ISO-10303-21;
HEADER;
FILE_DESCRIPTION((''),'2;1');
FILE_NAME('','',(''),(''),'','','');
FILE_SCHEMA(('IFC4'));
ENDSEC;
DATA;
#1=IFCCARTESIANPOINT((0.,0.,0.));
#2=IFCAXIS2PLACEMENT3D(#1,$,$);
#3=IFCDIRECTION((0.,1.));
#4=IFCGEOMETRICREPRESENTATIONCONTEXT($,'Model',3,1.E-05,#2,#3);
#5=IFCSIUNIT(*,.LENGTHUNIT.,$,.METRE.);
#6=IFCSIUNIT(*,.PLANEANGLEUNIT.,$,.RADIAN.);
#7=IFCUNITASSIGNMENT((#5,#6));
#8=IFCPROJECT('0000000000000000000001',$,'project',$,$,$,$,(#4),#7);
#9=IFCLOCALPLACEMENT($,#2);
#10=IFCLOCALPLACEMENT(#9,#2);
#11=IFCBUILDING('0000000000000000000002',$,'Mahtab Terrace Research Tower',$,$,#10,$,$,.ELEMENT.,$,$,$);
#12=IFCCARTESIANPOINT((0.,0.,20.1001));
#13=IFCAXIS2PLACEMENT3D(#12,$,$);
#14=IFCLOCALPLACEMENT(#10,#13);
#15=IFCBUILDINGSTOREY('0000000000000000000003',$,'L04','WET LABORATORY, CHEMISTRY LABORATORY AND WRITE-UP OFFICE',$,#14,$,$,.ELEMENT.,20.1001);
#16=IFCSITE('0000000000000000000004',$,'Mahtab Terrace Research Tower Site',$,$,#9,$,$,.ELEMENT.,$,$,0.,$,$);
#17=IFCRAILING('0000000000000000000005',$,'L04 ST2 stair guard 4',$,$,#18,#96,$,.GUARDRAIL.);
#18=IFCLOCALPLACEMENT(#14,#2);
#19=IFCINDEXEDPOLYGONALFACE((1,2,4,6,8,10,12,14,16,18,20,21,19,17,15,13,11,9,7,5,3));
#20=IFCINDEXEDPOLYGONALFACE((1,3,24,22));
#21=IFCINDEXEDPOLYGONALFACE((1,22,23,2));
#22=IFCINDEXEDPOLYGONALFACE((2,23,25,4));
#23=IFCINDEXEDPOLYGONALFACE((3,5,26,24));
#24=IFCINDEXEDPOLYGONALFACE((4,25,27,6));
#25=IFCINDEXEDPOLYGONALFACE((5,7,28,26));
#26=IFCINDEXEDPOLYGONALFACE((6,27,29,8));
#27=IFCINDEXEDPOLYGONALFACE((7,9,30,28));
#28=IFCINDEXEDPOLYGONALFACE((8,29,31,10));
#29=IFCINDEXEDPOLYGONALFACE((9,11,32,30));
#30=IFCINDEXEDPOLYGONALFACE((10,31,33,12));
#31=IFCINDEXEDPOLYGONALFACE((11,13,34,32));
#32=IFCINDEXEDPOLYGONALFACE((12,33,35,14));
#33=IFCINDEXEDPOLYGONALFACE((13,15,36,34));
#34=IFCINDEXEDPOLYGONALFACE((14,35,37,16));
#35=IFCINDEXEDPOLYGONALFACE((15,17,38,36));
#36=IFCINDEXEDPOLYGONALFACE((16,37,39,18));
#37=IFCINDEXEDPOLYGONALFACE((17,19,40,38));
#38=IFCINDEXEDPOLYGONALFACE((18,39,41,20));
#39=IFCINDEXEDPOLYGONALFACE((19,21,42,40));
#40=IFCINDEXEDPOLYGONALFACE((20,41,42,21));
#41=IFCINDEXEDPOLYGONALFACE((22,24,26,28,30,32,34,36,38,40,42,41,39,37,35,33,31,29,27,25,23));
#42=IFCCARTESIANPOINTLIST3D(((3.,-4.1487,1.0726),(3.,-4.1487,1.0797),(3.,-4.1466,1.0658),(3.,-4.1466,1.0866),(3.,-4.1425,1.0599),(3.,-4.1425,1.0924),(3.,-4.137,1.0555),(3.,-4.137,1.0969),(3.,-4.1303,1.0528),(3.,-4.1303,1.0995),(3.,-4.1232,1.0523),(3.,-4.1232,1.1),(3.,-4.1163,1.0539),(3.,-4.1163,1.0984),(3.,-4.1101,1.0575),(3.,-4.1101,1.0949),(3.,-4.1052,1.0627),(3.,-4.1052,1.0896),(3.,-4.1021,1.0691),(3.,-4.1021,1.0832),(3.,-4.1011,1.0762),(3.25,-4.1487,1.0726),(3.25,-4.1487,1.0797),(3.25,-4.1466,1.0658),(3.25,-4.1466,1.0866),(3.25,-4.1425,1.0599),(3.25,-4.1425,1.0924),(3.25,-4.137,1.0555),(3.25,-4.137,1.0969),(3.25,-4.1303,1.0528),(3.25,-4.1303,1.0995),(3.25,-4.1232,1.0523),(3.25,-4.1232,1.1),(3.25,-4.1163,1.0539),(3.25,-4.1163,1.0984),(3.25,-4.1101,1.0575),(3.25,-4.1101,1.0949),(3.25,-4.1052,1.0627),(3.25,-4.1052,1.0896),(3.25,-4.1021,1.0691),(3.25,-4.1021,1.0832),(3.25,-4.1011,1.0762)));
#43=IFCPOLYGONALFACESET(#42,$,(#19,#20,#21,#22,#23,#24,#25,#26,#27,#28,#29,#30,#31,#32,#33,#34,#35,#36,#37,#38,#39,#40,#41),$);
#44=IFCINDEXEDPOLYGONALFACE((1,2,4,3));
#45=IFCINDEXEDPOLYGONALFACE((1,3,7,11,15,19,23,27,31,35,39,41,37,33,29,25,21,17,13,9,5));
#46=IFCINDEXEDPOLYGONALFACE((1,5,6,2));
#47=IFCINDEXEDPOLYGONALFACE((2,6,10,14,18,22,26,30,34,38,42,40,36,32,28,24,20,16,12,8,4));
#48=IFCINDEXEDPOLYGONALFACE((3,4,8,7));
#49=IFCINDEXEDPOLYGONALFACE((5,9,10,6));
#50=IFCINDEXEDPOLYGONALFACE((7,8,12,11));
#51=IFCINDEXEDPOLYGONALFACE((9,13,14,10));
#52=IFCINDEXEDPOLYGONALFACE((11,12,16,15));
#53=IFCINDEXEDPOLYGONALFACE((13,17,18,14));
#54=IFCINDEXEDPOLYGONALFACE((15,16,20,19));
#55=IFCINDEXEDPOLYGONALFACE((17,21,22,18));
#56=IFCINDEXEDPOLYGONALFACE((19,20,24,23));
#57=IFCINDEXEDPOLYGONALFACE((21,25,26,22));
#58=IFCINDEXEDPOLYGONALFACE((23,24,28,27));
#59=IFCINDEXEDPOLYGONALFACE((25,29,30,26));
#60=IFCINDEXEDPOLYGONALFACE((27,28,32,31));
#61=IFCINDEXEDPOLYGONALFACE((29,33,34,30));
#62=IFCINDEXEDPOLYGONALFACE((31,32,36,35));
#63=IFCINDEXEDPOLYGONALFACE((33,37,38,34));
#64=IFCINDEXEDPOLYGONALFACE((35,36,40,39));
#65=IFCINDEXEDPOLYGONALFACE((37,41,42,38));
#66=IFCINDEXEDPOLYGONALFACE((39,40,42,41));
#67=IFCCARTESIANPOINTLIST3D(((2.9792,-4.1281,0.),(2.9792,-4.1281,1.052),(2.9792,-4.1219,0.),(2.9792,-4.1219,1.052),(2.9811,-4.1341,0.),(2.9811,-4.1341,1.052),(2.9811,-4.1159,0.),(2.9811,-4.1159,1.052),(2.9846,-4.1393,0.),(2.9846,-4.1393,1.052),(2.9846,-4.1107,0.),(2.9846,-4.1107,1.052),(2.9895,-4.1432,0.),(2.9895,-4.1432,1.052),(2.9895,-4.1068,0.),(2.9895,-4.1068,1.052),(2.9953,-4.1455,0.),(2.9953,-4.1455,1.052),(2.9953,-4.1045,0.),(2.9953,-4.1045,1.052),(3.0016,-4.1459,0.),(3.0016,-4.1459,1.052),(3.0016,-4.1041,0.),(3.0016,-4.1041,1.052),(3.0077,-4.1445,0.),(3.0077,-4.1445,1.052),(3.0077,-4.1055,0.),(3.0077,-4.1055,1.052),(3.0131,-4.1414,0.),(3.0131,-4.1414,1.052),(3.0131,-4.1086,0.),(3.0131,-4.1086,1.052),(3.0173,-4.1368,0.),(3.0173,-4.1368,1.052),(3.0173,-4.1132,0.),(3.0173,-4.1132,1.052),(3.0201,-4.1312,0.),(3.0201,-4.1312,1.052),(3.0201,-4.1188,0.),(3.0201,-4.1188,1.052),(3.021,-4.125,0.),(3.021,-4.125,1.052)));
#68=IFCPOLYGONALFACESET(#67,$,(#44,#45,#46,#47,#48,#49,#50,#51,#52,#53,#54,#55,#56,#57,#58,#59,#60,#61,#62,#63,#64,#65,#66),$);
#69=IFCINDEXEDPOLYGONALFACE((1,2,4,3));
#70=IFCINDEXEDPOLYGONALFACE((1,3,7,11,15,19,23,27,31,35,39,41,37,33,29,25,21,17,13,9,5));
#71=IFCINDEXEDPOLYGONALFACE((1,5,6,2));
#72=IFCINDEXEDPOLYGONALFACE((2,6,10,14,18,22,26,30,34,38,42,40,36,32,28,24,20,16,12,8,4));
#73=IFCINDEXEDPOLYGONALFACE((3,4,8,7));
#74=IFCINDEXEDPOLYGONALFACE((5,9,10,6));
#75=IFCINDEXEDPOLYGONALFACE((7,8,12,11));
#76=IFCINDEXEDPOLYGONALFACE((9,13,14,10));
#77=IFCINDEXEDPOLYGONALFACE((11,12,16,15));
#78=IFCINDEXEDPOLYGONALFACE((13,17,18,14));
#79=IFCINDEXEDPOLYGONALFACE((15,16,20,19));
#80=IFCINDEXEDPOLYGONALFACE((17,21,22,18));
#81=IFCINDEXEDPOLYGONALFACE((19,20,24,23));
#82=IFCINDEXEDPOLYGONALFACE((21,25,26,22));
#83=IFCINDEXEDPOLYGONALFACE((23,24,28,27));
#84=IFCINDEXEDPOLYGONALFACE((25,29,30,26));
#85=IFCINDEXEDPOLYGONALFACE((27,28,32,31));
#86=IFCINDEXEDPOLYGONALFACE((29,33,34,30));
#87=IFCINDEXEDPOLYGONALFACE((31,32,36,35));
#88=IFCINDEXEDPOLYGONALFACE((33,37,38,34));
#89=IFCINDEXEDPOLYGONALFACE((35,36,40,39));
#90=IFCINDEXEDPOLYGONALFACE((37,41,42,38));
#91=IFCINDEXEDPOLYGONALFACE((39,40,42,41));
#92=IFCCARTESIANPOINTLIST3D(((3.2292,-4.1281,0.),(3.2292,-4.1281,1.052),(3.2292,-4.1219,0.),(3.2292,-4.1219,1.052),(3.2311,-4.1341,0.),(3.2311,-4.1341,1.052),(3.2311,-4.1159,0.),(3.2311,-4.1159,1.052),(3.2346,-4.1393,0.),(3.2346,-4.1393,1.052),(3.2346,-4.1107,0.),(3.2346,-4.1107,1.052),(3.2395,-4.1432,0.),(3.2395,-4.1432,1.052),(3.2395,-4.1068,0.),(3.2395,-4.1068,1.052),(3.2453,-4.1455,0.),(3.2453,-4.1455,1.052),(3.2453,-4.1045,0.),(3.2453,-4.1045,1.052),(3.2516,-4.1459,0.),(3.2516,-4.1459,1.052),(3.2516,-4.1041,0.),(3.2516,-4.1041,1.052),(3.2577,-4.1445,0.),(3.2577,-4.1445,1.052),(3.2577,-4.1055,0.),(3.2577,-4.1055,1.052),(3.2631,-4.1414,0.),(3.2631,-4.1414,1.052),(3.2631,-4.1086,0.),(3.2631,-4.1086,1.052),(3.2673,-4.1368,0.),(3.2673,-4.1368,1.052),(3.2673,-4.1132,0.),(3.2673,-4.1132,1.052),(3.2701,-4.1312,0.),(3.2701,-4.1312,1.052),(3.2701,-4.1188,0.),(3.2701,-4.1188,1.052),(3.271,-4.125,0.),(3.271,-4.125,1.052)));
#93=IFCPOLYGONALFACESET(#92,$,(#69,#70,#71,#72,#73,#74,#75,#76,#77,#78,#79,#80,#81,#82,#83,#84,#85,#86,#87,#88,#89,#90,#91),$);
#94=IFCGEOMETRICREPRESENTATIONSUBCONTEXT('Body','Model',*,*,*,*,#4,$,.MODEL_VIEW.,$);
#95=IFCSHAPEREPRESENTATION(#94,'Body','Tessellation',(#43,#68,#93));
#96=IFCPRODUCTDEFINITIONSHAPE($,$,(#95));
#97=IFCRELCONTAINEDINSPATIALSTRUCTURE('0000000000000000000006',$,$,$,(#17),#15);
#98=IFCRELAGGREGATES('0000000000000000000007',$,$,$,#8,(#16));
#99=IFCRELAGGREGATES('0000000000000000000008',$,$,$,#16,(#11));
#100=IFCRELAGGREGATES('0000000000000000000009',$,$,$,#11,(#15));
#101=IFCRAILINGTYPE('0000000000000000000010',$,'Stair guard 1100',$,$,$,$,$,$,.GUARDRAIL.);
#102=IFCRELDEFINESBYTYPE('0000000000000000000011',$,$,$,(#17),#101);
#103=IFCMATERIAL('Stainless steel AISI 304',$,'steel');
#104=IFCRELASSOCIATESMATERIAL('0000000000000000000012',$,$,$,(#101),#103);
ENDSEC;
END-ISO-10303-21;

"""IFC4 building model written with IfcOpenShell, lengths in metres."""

from ifc_helpers import new_model, si_unit, direction, frame, origin, origin_2d, place, context, subcontext, project, spatial, circle, extrude, material, type_object, element, save


model = new_model("IFC4")

# Units and contexts
model_context = context("Model", 3, precision=1e-05, world=origin(), true_north=direction((0.0, 1.0)))
body_context = subcontext(model_context, "Body", "Model", "MODEL_VIEW")
ifc_project = project(units=[si_unit("LENGTHUNIT", "METRE"), si_unit("PLANEANGLEUNIT", "RADIAN")], contexts=[model_context])

# Site, building, storey
site_placement = place(None, origin())
site = spatial("IfcSite", under=ifc_project, at=site_placement, Name="Mahtab Terrace Research Tower Site", CompositionType="ELEMENT", RefElevation=0.0)
building_placement = place(site_placement, origin())
building = spatial("IfcBuilding", under=site, at=building_placement, Name="Mahtab Terrace Research Tower", CompositionType="ELEMENT")
storey_placement = place(building_placement, frame((0.0, 0.0, 20.1001)))
storey = spatial("IfcBuildingStorey", under=building, at=storey_placement, Name="L04", Description="WET LABORATORY, CHEMISTRY LABORATORY AND WRITE-UP OFFICE", CompositionType="ELEMENT", Elevation=20.1001)

# Railing
ifc_material_1 = material(Name="Stainless steel AISI 304", Category="steel")
railing_type_1 = type_object("IfcRailingType", Name="Stair guard 1100", PredefinedType="GUARDRAIL", material=ifc_material_1)
railing_1_placement = place(storey_placement, frame((3.0, -4.125, 0.0)))
element("IfcRailing", 1, at=railing_1_placement, inside=storey, type_object=railing_type_1, Name="L04 ST2 stair guard 4", PredefinedType="GUARDRAIL", context=body_context, shape_type="SweptSolid", body=[
    extrude(circle(Radius=0.0239, at=origin_2d()), frame((0.0, 0.0, 1.0762), z_axis=(1.0, 0.0, 0.0), x_axis=(0.0, 1.0, 0.0)), (0.0, 0.0, 1.0), 0.25),
    extrude(circle(Radius=0.021, at=origin_2d()), origin(), (0.0, 0.0, 1.0), 1.052),
    extrude(circle(Radius=0.021, at=origin_2d()), frame((0.25, 0.0, 0.0)), (0.0, 0.0, 1.0), 1.052),
])

save(model, "model.ifc")
